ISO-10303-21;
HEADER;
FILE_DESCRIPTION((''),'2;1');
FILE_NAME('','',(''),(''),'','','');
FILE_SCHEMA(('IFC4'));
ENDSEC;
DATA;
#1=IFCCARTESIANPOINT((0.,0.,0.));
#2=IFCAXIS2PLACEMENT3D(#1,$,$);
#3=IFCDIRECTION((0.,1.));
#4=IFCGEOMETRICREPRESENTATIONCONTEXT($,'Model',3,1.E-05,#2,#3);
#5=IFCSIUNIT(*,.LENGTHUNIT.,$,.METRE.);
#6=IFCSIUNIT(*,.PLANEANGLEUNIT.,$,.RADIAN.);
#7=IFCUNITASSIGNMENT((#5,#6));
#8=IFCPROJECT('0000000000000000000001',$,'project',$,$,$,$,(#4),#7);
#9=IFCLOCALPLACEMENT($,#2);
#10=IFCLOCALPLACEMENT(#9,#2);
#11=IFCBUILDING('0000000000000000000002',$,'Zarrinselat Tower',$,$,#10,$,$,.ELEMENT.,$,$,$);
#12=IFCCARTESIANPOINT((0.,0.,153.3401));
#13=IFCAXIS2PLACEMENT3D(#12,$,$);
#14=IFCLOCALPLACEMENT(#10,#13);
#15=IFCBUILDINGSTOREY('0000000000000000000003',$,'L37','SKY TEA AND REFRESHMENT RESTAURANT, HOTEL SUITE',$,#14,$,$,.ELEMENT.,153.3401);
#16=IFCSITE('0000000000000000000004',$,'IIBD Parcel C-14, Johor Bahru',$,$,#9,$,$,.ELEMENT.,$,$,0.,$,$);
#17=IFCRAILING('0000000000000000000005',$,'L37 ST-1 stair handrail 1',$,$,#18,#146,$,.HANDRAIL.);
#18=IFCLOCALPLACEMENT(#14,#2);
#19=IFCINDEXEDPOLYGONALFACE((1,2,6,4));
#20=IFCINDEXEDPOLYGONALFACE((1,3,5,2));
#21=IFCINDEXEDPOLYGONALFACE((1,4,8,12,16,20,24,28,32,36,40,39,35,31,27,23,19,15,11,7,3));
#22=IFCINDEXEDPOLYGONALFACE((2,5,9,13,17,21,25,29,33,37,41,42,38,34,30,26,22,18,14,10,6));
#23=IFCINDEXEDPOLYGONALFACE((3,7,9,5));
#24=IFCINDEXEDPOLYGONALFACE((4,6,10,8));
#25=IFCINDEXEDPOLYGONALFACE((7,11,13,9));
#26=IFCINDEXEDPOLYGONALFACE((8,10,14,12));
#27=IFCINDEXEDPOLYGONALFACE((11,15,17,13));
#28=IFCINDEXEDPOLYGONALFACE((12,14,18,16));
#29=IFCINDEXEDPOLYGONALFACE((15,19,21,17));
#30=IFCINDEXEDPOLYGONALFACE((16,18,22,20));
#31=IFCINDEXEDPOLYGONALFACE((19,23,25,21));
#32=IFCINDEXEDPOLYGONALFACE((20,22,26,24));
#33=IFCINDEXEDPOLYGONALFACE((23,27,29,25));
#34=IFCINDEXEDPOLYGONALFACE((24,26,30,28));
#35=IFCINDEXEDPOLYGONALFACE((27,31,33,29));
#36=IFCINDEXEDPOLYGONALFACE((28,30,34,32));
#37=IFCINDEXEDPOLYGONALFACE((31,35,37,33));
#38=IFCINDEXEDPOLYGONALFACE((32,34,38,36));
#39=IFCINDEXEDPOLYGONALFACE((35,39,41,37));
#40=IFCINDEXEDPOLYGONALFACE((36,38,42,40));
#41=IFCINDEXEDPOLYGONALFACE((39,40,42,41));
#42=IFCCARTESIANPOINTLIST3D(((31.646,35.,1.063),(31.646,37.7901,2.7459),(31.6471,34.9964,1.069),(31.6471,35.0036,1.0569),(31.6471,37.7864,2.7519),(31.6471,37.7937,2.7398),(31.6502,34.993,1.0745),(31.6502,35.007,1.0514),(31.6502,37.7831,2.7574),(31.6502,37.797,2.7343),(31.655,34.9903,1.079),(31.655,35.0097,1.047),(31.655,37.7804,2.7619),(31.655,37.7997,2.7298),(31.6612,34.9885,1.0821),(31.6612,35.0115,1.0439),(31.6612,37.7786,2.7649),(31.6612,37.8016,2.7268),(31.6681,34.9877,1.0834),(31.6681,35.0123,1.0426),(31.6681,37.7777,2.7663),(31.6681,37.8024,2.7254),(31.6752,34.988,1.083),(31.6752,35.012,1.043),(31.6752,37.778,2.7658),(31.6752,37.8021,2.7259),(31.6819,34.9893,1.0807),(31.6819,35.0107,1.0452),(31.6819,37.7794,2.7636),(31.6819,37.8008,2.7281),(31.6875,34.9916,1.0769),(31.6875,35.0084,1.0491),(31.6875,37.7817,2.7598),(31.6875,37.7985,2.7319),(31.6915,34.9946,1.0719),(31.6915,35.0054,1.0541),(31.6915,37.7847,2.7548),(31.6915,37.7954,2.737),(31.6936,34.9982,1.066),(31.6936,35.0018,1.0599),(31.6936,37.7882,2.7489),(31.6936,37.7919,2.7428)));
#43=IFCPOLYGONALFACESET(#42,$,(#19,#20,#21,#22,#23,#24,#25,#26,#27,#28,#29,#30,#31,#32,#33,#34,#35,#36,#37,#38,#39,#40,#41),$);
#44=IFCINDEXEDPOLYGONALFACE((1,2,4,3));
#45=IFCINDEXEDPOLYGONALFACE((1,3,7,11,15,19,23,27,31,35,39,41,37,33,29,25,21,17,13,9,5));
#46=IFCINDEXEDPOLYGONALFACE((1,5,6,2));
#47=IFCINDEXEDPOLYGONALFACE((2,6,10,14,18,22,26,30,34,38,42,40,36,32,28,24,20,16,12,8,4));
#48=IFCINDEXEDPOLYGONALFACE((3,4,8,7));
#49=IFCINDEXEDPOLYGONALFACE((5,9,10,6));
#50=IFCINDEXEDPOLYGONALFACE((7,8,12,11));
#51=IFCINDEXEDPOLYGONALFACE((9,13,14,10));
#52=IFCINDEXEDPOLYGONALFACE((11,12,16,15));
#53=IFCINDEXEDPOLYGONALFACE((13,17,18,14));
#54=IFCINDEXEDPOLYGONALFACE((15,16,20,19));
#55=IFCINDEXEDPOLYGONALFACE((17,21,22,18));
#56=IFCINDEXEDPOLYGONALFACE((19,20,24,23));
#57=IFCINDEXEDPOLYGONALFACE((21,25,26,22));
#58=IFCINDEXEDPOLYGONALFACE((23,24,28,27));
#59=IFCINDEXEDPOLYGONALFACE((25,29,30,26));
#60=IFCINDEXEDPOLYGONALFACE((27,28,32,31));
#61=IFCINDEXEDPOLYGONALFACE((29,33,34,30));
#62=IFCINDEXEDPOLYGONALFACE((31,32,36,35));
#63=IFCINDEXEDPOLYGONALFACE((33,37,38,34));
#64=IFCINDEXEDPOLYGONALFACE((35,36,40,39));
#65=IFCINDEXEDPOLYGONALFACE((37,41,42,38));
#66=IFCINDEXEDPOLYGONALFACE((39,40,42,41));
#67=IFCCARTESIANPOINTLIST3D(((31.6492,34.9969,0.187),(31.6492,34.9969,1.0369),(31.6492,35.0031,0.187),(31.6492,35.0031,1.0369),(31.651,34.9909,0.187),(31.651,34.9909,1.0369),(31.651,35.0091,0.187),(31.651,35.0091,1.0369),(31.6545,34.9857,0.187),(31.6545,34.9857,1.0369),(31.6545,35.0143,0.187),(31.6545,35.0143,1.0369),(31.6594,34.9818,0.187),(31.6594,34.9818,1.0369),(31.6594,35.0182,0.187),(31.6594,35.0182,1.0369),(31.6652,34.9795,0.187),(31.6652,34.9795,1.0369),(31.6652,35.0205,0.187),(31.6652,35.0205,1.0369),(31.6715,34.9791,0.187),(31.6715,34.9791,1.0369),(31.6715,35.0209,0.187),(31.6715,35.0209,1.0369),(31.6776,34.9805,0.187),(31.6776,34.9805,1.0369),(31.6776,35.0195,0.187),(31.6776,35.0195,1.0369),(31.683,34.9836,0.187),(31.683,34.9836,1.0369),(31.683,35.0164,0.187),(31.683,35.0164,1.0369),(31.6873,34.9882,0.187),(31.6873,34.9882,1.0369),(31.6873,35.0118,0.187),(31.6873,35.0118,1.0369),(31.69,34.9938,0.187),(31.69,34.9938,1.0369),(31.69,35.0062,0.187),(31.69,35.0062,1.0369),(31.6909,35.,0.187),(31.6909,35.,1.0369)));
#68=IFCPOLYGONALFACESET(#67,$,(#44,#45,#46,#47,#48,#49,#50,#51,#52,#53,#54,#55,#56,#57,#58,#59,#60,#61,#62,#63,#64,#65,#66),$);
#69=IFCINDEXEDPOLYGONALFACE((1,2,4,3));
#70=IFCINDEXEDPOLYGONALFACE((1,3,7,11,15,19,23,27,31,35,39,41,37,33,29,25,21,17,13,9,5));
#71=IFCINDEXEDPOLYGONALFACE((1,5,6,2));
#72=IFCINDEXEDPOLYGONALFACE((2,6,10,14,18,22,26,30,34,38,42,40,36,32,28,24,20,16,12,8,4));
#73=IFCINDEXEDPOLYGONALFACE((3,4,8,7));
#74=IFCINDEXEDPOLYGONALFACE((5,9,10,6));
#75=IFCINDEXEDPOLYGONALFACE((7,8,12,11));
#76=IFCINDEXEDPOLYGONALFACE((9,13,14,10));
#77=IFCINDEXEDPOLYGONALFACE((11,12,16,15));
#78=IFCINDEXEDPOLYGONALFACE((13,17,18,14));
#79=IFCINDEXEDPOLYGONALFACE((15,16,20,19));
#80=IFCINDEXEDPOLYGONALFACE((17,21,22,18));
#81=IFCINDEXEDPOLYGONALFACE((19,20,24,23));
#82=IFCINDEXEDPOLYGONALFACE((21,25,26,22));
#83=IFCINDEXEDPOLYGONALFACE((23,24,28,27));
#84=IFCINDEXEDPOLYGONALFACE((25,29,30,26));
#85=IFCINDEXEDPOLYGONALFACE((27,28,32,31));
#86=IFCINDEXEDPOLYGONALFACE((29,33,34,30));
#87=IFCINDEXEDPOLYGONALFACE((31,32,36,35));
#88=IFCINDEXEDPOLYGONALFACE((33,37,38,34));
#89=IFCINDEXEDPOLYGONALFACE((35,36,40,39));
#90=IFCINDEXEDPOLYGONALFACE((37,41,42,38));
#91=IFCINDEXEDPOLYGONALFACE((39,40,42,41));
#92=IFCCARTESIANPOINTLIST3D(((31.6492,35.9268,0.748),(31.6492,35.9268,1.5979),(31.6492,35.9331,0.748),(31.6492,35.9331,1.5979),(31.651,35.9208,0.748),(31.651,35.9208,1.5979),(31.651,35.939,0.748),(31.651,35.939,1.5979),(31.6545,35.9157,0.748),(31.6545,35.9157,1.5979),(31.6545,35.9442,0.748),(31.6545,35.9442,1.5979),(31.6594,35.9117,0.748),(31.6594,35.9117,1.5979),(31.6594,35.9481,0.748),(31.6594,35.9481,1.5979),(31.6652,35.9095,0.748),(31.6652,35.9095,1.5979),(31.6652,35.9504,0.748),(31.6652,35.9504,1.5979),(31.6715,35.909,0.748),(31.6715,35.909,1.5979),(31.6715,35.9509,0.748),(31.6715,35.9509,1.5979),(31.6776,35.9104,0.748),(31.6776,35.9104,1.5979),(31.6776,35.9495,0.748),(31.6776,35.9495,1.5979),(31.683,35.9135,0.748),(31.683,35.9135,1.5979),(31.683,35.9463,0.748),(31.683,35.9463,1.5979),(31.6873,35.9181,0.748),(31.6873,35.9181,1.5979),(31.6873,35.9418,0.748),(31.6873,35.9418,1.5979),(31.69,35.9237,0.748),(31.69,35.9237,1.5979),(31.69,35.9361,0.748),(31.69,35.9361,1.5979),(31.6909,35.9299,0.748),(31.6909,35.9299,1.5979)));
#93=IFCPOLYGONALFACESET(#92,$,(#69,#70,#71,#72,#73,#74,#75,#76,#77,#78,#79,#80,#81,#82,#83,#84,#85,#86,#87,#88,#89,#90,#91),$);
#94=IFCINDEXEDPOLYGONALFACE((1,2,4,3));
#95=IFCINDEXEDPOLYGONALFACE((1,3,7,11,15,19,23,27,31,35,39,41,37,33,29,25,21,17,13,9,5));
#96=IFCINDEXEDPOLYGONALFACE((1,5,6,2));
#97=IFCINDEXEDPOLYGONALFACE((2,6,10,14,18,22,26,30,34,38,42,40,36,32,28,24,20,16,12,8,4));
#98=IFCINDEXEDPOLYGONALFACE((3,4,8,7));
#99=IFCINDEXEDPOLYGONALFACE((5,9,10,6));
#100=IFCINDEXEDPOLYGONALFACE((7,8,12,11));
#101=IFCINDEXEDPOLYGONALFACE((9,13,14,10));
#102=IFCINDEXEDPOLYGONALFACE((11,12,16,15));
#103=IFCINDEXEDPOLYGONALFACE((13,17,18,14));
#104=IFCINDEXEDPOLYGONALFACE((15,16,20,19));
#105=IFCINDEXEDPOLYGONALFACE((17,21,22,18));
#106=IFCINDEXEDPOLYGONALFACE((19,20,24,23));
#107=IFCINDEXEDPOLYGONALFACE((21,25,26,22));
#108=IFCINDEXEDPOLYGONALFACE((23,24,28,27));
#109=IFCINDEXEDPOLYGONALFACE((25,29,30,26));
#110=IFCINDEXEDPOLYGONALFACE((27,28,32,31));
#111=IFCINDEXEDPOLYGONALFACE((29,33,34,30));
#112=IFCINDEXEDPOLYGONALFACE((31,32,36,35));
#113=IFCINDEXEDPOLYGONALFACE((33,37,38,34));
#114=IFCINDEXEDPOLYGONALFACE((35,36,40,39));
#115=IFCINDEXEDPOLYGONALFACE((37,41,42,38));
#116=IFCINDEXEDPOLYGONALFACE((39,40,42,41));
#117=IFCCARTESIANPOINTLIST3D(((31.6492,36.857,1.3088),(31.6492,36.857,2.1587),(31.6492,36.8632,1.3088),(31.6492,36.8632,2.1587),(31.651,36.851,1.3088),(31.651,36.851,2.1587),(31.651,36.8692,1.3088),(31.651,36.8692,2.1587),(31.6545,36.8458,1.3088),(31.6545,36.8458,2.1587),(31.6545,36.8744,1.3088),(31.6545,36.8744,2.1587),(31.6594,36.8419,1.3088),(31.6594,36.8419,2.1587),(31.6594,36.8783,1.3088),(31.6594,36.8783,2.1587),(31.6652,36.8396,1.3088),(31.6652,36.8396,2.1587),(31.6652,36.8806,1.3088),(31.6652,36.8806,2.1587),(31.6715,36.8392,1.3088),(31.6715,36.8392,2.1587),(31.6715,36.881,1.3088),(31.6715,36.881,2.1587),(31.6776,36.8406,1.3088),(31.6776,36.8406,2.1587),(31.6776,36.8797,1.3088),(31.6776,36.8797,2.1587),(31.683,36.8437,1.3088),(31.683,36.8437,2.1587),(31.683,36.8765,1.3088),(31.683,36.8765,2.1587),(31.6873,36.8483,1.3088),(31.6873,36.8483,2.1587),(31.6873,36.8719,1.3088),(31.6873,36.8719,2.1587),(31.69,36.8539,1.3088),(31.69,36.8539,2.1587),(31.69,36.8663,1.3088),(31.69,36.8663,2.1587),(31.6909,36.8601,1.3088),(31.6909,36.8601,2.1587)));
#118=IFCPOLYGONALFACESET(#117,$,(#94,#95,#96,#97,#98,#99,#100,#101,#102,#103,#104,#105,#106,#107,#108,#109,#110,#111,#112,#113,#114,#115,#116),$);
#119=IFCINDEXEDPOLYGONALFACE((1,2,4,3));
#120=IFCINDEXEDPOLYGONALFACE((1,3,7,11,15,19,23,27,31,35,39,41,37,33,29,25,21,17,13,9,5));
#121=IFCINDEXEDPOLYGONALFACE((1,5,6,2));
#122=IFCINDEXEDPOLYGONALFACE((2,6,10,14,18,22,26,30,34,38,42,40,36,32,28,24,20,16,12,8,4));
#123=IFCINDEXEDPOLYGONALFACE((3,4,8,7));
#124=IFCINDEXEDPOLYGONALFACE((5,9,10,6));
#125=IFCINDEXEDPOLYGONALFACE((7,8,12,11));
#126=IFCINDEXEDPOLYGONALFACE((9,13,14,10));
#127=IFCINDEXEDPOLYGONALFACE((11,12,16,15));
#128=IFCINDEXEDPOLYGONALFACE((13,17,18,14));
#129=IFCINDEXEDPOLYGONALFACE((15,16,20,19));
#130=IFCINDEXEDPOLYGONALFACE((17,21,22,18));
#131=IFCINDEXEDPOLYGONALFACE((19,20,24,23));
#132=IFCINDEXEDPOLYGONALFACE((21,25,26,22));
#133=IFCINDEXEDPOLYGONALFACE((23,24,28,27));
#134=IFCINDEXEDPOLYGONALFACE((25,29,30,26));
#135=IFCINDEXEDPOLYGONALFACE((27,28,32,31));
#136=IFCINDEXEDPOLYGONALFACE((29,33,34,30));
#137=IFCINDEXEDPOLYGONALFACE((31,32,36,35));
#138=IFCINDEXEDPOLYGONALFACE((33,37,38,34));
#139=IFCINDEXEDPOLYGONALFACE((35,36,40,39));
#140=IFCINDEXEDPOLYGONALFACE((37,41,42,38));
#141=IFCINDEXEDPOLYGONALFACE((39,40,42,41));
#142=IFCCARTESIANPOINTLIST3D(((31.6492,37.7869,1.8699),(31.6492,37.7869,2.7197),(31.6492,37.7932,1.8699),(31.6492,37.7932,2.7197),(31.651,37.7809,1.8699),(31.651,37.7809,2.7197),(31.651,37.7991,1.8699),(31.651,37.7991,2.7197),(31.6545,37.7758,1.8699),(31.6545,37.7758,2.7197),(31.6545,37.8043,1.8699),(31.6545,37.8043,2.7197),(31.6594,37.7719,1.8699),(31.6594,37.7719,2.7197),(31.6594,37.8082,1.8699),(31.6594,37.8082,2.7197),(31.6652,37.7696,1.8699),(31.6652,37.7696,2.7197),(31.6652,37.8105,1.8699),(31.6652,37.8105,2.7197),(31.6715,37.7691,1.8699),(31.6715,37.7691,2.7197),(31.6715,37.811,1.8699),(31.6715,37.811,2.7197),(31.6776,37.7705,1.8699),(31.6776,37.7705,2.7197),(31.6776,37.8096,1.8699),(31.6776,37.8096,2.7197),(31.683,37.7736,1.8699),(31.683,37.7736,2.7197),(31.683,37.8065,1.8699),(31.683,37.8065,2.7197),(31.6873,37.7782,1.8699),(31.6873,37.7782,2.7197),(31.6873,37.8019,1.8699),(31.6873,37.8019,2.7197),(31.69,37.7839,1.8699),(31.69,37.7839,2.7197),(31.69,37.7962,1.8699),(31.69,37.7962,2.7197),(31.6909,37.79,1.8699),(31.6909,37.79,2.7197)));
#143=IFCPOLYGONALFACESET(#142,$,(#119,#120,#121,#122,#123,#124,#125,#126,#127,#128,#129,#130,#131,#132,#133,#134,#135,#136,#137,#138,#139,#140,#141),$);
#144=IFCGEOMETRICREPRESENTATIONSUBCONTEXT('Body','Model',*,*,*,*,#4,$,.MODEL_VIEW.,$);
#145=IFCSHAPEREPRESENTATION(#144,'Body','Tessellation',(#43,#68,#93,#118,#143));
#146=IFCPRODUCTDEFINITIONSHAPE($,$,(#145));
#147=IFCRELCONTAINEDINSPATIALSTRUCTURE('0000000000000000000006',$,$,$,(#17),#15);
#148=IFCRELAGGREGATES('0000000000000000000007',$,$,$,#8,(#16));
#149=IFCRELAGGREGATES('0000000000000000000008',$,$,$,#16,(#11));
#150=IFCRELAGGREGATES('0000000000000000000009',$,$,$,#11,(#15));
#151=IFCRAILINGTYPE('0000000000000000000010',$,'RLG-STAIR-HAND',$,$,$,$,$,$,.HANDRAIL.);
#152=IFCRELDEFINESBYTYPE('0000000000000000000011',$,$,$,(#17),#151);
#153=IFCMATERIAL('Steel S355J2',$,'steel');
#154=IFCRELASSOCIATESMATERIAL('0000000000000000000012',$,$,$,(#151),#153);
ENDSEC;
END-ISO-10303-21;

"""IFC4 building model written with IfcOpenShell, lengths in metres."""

from ifc_helpers import new_model, si_unit, direction, frame, origin, origin_2d, place, context, subcontext, project, spatial, circle, extrude, material, type_object, element, save


model = new_model("IFC4")

# Units and contexts
model_context = context("Model", 3, precision=1e-05, world=origin(), true_north=direction((0.0, 1.0)))
body_context = subcontext(model_context, "Body", "Model", "MODEL_VIEW")
ifc_project = project(units=[si_unit("LENGTHUNIT", "METRE"), si_unit("PLANEANGLEUNIT", "RADIAN")], contexts=[model_context])

# Site, building, storey
site_placement = place(None, origin())
site = spatial("IfcSite", under=ifc_project, at=site_placement, Name="IIBD Parcel C-14, Johor Bahru", CompositionType="ELEMENT", RefElevation=0.0)
building_placement = place(site_placement, origin())
building = spatial("IfcBuilding", under=site, at=building_placement, Name="Zarrinselat Tower", CompositionType="ELEMENT")
storey_placement = place(building_placement, frame((0.0, 0.0, 153.3401)))
storey = spatial("IfcBuildingStorey", under=building, at=storey_placement, Name="L37", Description="SKY TEA AND REFRESHMENT RESTAURANT, HOTEL SUITE", CompositionType="ELEMENT", Elevation=153.3401)

# Railing
ifc_material_1 = material(Name="Steel S355J2", Category="steel")
railing_type_1 = type_object("IfcRailingType", Name="RLG-STAIR-HAND", PredefinedType="HANDRAIL", material=ifc_material_1)
railing_1_placement = place(storey_placement, frame((31.6699, 35.0, 0.187)))
element("IfcRailing", 1, at=railing_1_placement, inside=storey, type_object=railing_type_1, Name="L37 ST-1 stair handrail 1", PredefinedType="HANDRAIL", context=body_context, shape_type="SweptSolid", body=[
    extrude(circle(Radius=0.0239, at=origin_2d()), frame((0.0, 0.0, 0.876), z_axis=(0.0, 0.856294, 0.516489), x_axis=(-1.0, 0.0, 0.0)), (0.0, 0.0, 1.0), 3.2583),
    extrude(circle(Radius=0.021, at=origin_2d()), origin(), (0.0, 0.0, 1.0), 0.8499),
    extrude(circle(Radius=0.021, at=origin_2d()), frame((0.0, 0.9299, 0.561)), (0.0, 0.0, 1.0), 0.8499),
    extrude(circle(Radius=0.021, at=origin_2d()), frame((0.0, 1.8601, 1.1218)), (0.0, 0.0, 1.0), 0.8499),
    extrude(circle(Radius=0.021, at=origin_2d()), frame((0.0, 2.79, 1.6829)), (0.0, 0.0, 1.0), 0.8499),
])

save(model, "model.ifc")
